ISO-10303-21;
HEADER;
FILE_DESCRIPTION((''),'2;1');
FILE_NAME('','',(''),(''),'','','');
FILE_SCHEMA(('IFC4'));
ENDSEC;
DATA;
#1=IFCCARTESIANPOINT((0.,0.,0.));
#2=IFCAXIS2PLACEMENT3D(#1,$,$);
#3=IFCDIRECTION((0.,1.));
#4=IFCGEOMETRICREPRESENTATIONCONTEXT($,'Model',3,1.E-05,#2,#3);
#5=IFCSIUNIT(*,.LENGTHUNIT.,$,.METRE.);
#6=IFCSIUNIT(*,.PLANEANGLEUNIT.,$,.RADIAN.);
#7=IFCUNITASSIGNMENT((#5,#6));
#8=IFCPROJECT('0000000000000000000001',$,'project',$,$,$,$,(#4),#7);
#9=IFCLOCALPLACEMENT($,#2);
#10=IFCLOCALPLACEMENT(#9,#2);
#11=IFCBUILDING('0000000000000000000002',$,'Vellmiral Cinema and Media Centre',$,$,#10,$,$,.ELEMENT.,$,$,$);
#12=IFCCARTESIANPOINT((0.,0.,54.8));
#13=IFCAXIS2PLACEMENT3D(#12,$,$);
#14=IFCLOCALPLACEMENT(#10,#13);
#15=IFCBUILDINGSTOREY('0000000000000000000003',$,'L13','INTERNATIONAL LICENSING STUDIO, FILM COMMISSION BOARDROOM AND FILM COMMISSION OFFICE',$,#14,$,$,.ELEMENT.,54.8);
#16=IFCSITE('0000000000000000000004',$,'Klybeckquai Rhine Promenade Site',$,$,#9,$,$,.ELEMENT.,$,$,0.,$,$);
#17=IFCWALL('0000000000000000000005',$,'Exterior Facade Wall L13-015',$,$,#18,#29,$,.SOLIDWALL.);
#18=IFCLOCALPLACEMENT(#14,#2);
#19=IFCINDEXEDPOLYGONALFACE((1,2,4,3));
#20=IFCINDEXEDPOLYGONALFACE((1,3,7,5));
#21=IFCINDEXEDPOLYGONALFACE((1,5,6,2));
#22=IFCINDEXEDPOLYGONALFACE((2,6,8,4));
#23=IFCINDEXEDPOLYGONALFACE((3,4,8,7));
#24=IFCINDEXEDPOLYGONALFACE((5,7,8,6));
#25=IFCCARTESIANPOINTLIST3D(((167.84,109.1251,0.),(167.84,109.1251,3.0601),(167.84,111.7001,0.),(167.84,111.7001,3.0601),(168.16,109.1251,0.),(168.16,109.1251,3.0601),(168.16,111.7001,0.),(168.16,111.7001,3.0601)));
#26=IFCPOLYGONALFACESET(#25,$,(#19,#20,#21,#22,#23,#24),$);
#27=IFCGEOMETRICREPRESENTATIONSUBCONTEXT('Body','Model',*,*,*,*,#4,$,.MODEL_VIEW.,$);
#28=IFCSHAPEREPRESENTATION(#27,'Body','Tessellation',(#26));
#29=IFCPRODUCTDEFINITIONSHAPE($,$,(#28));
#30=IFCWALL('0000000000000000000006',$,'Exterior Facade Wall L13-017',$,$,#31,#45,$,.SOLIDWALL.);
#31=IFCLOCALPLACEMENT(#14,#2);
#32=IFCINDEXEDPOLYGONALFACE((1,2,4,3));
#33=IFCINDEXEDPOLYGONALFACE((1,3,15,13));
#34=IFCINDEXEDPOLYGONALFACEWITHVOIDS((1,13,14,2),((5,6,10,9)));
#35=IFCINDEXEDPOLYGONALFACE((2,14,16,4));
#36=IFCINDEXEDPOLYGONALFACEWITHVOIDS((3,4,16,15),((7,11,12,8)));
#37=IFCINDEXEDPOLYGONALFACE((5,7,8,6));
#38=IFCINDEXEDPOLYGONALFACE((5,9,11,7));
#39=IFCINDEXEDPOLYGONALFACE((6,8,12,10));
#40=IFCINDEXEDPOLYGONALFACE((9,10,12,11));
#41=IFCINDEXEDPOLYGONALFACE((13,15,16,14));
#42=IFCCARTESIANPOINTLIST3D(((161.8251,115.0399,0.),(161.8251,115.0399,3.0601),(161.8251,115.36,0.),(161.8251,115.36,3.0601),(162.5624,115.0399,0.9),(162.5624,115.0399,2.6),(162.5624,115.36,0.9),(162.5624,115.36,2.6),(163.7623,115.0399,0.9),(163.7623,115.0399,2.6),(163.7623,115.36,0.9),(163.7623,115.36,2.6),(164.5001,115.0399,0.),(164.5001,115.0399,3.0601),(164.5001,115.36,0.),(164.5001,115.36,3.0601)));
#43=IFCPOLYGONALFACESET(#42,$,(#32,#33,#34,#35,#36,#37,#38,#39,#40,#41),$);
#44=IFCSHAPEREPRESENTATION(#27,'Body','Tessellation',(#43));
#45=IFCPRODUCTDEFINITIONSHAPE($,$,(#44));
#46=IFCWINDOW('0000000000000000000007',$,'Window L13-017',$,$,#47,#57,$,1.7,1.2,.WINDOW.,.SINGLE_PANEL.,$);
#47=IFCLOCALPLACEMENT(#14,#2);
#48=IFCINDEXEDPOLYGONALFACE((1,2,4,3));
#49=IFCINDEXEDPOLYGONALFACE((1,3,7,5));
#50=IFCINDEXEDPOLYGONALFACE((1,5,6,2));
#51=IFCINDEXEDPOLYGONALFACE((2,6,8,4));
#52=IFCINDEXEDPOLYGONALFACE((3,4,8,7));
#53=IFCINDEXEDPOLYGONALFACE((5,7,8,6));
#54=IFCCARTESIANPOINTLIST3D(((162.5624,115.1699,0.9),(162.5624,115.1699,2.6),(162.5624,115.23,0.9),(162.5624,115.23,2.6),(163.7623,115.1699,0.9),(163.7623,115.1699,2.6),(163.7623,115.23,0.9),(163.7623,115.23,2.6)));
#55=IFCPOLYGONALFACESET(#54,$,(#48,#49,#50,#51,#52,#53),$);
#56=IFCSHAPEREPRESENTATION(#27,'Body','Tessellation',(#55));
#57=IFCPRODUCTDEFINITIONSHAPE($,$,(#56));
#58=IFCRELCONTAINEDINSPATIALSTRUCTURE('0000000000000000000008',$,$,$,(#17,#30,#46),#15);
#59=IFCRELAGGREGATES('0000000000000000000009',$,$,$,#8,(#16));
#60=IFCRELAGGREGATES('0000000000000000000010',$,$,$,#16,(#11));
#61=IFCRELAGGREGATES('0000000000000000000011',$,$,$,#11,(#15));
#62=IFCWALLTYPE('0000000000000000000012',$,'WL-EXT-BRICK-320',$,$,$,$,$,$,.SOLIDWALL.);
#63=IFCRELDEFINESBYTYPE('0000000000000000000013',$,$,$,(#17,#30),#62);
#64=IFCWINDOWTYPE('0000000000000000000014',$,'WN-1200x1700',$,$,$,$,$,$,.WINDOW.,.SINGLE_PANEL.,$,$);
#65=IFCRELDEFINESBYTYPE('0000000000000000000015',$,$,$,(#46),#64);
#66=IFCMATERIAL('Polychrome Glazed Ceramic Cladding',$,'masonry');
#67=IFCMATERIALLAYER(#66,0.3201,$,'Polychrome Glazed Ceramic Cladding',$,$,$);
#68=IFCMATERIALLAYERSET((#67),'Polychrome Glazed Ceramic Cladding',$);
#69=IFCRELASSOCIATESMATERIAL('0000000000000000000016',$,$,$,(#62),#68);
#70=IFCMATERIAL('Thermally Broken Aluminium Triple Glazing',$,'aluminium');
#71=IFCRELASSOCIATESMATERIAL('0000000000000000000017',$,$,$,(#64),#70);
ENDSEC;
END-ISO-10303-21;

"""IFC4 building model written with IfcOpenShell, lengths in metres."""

from ifc_helpers import new_model, si_unit, direction, frame, frame_2d, origin, place, context, subcontext, project, spatial, rectangle, extrude, material, layer, layer_set, type_object, element, fill, save


model = new_model("IFC4")

# Units and contexts
model_context = context("Model", 3, precision=1e-05, world=origin(), true_north=direction((0.0, 1.0)))
body_context = subcontext(model_context, "Body", "Model", "MODEL_VIEW")
ifc_project = project(units=[si_unit("LENGTHUNIT", "METRE"), si_unit("PLANEANGLEUNIT", "RADIAN")], contexts=[model_context])

# Site, building, storey
site_placement = place(None, origin())
site = spatial("IfcSite", under=ifc_project, at=site_placement, Name="Klybeckquai Rhine Promenade Site", CompositionType="ELEMENT", RefElevation=0.0)
building_placement = place(site_placement, origin())
building = spatial("IfcBuilding", under=site, at=building_placement, Name="Vellmiral Cinema and Media Centre", CompositionType="ELEMENT")
storey_placement = place(building_placement, frame((0.0, 0.0, 54.8)))
storey = spatial("IfcBuildingStorey", under=building, at=storey_placement, Name="L13", Description="INTERNATIONAL LICENSING STUDIO, FILM COMMISSION BOARDROOM AND FILM COMMISSION OFFICE", CompositionType="ELEMENT", Elevation=54.8)

# Wall
ifc_material_1 = material(Name="Polychrome Glazed Ceramic Cladding", Category="masonry")
ifc_layer_1 = layer(ifc_material_1, 0.3201, Name="Polychrome Glazed Ceramic Cladding")
ifc_layer_set_1 = layer_set([ifc_layer_1], Name="Polychrome Glazed Ceramic Cladding")
wall_type = type_object("IfcWallType", Name="WL-EXT-BRICK-320", PredefinedType="SOLIDWALL", material=ifc_layer_set_1)
wall_1_placement = place(storey_placement, frame((168.0, 109.125, 0.0), z_axis=(0.0, 0.0, 1.0), x_axis=(0.0, 1.0, 0.0)))
element("IfcWall", 1, at=wall_1_placement, inside=storey, type_object=wall_type, Name="Exterior Facade Wall L13-015", PredefinedType="SOLIDWALL", context=body_context, shape_type="SweptSolid", body=[
    extrude(rectangle(XDim=2.575, YDim=0.3201, at=frame_2d((1.2876, 0.0))), origin(), (0.0, 0.0, 1.0), 3.0601),
])

# Wall, opening, window
wall_2_placement = place(storey_placement, frame((164.5, 115.2, 0.0), z_axis=(0.0, 0.0, 1.0), x_axis=(-1.0, 0.0, 0.0)))
wall_2 = element("IfcWall", 2, at=wall_2_placement, inside=storey, type_object=wall_type, Name="Exterior Facade Wall L13-017", PredefinedType="SOLIDWALL", context=body_context, shape_type="SweptSolid", body=[
    extrude(rectangle(XDim=2.675, YDim=0.3201, at=frame_2d((1.3374, 0.0))), origin(), (0.0, 0.0, 1.0), 3.0601),
])
opening_placement = place(wall_2_placement, frame((0.7375, 0.0, 0.8999)))
opening = element("IfcOpeningElement", 3, at=opening_placement, cuts=wall_2, PredefinedType="OPENING", context=body_context, shape_type="SweptSolid", body=[
    extrude(rectangle(XDim=1.2, YDim=1.7, at=frame_2d((0.6001, 0.8501))), frame((0.0, 0.1719, 0.0), z_axis=(0.0, -1.0, 0.0), x_axis=(1.0, 0.0, 0.0)), (0.0, 0.0, 1.0), 0.344),
])
ifc_material_2 = material(Name="Thermally Broken Aluminium Triple Glazing", Category="aluminium")
window_type = type_object("IfcWindowType", Name="WN-1200x1700", PartitioningType="SINGLE_PANEL", PredefinedType="WINDOW", material=ifc_material_2)
window_placement = place(opening_placement, origin())
window = element("IfcWindow", 4, at=window_placement, inside=storey, type_object=window_type, Name="Window L13-017", OverallHeight=1.7, OverallWidth=1.2, PartitioningType="SINGLE_PANEL", PredefinedType="WINDOW", context=body_context, shape_type="SweptSolid", body=[
    extrude(rectangle(XDim=1.2, YDim=1.7, at=frame_2d((0.6001, 0.8501))), frame((0.0, 0.03, 0.0), z_axis=(0.0, -1.0, 0.0), x_axis=(1.0, 0.0, 0.0)), (0.0, 0.0, 1.0), 0.0601),
])
fill(opening, window)

save(model, "model.ifc")
